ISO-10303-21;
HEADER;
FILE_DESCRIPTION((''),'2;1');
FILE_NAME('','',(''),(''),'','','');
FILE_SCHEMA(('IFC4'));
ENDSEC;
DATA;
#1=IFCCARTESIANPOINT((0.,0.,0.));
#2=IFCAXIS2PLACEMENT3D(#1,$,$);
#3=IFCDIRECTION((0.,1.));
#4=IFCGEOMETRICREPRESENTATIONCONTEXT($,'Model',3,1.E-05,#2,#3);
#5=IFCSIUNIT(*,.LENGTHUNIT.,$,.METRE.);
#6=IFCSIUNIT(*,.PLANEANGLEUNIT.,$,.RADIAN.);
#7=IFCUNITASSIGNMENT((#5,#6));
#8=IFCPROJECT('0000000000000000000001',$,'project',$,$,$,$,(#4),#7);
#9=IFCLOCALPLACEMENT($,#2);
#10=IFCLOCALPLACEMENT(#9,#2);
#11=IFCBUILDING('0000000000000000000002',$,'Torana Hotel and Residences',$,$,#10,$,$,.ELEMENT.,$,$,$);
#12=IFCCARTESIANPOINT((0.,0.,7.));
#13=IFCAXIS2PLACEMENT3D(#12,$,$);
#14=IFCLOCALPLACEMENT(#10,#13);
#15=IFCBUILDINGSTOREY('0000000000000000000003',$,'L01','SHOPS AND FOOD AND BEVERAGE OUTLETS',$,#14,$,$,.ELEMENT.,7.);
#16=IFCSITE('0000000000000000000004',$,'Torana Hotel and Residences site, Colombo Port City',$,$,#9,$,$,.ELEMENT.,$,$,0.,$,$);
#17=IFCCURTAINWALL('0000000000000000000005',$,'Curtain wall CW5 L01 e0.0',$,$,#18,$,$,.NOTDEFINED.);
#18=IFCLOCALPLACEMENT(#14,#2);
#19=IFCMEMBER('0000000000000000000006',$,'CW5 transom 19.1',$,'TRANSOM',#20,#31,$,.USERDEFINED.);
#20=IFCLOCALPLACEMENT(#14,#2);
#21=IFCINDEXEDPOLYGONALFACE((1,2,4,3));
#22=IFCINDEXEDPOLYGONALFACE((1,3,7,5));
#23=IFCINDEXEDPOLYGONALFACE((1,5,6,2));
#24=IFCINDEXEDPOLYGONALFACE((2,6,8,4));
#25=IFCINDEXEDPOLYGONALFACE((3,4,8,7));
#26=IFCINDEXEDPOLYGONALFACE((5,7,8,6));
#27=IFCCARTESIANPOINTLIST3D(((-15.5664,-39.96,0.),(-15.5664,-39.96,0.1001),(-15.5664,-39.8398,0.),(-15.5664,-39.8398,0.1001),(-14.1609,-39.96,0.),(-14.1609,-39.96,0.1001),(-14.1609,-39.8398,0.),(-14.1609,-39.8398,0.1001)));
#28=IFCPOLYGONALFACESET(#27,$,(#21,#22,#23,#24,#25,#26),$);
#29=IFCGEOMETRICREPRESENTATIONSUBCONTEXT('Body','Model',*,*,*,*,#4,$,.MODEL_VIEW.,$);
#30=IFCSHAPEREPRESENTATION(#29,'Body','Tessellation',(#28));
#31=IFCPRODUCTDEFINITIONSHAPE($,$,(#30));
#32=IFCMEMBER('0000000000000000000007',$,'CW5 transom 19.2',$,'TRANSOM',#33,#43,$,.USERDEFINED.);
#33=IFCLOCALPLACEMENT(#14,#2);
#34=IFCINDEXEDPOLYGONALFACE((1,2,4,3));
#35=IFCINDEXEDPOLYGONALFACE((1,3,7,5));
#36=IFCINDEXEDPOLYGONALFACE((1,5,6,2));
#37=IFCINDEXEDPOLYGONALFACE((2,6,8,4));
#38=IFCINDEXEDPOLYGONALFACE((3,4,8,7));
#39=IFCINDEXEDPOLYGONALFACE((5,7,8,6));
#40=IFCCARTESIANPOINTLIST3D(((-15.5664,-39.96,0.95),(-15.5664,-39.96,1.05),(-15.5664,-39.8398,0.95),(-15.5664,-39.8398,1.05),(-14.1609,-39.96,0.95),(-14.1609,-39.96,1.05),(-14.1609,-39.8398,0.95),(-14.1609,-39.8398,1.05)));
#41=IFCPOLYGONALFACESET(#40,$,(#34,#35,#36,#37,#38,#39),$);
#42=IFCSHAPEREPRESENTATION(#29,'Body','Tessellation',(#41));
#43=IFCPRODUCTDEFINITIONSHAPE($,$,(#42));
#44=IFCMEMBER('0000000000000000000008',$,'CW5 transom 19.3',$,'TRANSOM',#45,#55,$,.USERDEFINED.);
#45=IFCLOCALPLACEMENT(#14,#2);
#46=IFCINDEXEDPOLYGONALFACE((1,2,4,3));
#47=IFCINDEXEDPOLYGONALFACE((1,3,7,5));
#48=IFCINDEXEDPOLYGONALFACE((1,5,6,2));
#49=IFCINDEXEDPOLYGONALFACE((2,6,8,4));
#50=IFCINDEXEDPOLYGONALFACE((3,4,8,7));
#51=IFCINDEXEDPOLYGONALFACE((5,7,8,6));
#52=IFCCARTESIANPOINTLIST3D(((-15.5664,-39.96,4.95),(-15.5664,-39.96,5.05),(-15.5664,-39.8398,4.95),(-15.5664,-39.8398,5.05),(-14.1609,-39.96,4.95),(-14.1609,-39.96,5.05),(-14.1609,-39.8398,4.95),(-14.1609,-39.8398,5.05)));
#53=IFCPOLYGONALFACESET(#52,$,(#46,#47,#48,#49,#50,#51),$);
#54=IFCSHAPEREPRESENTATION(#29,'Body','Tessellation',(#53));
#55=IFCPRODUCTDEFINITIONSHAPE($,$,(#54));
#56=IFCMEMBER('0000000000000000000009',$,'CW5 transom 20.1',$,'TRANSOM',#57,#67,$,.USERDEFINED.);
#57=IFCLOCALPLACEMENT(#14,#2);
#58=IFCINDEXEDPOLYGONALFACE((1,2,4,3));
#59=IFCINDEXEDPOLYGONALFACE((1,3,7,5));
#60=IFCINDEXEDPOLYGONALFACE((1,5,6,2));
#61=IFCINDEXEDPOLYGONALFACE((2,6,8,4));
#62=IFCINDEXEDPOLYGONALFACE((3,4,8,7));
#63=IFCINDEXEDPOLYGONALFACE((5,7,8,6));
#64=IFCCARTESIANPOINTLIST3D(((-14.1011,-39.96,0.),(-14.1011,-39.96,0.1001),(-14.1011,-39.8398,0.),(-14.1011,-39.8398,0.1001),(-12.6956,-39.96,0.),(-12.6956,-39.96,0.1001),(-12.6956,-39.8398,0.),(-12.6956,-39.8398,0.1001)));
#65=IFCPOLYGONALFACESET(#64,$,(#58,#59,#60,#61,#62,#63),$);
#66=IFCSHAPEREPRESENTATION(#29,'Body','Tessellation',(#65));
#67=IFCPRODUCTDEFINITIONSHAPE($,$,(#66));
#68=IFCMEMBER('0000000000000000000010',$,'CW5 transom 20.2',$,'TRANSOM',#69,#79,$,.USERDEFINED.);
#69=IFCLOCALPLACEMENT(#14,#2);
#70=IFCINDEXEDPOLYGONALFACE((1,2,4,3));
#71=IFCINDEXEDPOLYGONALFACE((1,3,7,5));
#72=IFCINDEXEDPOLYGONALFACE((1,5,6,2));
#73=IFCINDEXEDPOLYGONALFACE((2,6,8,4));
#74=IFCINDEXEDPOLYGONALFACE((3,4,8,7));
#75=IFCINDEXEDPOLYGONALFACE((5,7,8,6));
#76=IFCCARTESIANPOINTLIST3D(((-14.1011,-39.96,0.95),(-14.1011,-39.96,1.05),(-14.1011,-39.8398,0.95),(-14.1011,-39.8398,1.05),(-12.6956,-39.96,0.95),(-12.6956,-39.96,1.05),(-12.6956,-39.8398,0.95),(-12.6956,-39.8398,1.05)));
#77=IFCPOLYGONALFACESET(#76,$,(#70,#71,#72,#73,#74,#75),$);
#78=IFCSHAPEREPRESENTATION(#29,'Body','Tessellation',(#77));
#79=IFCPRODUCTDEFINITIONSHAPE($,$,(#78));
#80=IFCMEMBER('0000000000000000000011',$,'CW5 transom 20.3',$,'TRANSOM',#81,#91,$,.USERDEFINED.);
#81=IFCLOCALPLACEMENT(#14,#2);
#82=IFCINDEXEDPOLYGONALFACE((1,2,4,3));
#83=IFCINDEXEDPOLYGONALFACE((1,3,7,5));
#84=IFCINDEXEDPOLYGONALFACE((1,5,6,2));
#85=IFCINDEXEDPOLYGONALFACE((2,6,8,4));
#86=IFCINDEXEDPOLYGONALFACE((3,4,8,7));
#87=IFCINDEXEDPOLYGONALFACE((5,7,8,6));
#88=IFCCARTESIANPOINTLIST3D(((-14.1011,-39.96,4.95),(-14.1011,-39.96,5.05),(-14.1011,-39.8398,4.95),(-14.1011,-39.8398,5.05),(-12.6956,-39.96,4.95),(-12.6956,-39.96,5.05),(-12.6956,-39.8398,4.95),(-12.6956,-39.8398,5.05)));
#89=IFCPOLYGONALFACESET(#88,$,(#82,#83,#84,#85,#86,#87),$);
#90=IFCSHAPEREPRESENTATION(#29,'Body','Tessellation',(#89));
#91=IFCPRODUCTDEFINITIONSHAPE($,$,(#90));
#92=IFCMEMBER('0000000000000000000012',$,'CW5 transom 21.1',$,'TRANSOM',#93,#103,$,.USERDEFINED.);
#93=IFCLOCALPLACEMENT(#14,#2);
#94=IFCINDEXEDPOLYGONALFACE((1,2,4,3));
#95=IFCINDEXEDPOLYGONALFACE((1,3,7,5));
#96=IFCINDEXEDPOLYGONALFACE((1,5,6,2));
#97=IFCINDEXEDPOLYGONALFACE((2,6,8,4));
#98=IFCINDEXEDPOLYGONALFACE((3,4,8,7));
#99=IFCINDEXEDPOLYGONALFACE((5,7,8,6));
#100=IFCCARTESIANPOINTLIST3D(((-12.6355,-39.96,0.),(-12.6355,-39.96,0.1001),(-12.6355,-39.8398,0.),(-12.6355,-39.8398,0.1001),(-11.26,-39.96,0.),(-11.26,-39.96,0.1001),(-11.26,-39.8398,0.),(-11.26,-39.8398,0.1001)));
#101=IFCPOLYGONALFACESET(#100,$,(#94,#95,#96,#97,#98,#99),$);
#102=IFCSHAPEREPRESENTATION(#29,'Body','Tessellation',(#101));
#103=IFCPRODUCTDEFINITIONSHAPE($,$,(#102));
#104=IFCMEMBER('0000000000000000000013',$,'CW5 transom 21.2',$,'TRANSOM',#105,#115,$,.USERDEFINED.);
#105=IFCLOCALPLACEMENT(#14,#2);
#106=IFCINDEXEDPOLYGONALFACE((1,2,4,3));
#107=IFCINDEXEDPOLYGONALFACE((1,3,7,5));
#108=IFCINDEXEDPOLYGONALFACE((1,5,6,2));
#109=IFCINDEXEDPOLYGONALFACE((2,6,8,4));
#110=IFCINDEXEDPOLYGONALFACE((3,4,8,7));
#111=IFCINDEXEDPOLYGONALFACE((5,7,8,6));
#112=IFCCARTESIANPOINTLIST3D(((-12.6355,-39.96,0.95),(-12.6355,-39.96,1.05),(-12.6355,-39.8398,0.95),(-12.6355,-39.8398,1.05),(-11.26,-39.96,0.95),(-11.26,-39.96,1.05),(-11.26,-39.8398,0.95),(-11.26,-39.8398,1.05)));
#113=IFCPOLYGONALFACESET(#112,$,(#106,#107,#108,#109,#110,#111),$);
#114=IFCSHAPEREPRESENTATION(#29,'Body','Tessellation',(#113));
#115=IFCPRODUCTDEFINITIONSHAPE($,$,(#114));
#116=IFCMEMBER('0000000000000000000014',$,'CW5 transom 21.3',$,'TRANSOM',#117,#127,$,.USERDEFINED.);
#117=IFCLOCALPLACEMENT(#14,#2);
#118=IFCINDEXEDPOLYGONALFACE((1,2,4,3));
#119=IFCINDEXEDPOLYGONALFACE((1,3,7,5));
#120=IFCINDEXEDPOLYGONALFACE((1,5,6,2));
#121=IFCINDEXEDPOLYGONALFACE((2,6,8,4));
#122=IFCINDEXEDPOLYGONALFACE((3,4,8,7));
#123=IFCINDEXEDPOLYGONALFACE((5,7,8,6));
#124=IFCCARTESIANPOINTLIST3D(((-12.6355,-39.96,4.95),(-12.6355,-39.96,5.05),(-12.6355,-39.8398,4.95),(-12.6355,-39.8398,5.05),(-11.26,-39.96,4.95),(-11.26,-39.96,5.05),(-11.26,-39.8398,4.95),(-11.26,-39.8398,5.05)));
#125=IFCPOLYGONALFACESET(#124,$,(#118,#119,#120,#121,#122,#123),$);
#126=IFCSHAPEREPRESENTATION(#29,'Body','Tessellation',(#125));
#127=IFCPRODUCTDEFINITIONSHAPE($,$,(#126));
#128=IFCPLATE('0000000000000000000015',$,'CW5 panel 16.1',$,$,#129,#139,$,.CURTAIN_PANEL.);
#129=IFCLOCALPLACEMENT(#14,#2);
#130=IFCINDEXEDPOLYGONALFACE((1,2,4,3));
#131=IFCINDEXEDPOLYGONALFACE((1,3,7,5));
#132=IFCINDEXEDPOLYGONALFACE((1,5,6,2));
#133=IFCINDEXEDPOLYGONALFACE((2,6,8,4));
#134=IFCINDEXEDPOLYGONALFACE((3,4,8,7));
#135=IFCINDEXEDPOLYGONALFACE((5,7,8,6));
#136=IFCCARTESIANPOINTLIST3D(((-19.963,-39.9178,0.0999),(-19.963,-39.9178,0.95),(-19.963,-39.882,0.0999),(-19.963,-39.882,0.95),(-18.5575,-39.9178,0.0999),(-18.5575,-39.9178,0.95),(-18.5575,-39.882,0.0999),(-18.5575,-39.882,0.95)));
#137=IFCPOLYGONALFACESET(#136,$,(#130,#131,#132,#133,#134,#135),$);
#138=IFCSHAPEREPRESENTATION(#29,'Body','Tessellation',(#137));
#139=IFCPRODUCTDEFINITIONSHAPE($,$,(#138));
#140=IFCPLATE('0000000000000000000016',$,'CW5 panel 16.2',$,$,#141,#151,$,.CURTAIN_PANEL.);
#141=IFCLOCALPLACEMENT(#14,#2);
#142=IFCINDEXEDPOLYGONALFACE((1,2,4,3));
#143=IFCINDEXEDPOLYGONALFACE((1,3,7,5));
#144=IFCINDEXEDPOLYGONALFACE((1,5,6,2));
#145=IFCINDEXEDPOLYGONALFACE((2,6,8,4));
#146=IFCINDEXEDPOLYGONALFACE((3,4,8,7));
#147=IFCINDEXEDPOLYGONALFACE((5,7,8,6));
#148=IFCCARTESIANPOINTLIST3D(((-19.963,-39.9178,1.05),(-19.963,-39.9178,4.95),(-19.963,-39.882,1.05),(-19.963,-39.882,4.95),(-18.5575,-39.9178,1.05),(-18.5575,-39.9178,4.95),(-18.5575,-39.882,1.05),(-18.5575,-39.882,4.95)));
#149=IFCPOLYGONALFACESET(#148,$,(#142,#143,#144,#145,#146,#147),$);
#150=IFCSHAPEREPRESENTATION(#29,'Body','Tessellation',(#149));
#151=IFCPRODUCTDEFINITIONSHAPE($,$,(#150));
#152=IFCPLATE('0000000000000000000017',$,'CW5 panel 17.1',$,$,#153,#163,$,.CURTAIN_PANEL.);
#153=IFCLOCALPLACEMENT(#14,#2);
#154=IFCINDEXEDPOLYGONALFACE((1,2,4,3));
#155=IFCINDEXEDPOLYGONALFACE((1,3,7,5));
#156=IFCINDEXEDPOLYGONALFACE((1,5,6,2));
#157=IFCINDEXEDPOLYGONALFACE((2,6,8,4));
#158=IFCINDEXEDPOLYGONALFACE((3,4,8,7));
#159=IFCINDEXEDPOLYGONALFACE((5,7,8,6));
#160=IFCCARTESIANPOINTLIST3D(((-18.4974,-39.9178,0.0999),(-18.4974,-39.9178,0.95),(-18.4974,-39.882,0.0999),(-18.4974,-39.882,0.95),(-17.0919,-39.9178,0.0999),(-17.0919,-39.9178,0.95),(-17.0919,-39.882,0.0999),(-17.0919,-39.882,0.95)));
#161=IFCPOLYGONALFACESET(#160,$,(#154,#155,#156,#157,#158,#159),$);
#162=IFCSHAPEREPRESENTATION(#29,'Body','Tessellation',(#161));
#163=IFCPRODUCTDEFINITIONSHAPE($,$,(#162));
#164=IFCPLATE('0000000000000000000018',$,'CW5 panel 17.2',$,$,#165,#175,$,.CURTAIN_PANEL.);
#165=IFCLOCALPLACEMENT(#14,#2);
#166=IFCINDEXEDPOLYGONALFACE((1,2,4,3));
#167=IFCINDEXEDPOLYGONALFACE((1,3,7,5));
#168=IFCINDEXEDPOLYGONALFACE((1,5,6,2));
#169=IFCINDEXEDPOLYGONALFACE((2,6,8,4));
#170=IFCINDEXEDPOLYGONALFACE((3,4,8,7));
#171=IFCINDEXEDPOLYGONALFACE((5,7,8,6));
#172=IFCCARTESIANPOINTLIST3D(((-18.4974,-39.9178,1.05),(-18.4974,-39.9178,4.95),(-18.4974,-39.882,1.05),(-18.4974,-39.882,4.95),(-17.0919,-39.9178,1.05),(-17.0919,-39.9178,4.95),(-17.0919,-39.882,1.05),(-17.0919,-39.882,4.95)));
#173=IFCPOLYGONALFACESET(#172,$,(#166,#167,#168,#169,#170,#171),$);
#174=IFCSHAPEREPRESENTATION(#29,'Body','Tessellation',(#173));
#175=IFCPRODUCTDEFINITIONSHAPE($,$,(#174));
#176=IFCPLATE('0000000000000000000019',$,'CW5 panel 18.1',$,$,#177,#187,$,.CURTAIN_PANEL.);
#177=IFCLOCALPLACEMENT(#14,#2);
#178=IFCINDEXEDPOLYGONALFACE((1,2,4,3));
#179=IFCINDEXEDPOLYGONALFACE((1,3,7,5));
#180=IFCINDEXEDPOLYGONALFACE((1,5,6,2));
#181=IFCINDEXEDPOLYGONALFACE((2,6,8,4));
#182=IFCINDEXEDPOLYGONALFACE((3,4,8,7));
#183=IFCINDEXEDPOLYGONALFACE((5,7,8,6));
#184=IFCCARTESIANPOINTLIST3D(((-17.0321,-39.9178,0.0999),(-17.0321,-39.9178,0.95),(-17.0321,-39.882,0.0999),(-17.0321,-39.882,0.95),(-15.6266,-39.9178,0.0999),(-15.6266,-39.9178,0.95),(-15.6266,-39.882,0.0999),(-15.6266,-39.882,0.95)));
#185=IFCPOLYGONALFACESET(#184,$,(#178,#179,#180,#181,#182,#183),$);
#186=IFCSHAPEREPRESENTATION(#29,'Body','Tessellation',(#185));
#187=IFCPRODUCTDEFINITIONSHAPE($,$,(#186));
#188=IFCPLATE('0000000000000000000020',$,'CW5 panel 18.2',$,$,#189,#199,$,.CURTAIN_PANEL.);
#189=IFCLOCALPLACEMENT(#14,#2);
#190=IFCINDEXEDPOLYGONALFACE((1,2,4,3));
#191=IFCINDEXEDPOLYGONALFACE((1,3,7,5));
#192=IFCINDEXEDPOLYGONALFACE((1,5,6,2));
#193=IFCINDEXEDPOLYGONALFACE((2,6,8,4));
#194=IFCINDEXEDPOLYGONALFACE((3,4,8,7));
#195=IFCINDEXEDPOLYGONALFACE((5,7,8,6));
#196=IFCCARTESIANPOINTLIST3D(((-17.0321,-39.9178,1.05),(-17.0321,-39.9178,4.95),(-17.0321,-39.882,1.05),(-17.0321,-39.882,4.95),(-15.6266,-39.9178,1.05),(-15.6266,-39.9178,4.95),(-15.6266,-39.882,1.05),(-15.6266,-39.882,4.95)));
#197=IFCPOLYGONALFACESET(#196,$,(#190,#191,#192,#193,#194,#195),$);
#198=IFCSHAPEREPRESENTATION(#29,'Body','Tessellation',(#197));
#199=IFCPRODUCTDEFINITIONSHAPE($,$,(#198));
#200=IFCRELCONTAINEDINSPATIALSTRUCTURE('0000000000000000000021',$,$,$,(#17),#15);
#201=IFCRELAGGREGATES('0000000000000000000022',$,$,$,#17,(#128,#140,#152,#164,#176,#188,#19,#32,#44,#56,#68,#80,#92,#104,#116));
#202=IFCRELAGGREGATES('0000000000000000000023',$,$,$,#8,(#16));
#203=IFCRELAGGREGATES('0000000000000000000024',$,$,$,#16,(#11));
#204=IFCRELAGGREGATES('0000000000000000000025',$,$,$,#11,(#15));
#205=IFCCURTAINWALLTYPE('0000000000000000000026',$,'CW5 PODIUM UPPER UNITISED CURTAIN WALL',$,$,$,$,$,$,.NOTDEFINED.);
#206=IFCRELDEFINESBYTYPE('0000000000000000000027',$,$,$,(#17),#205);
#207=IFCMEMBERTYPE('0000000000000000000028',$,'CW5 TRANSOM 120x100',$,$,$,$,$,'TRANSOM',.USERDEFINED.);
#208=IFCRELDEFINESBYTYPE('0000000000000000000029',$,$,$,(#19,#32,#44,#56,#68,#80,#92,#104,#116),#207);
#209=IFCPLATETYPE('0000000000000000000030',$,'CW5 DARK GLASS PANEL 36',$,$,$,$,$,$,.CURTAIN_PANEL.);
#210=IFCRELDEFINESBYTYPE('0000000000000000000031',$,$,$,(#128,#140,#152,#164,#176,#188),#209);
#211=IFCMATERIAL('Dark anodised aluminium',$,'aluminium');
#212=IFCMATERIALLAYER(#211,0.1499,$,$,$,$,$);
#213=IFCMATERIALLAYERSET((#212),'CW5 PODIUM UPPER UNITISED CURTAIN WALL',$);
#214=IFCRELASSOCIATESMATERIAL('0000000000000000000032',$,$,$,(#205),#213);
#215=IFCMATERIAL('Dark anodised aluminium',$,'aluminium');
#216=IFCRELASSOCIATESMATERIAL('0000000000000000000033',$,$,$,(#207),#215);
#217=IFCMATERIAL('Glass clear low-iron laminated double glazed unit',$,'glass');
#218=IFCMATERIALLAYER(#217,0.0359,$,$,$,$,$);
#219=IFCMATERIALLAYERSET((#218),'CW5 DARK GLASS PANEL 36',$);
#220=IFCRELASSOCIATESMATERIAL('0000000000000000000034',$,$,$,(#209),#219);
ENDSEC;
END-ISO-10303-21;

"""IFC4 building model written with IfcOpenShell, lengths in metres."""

from ifc_helpers import new_model, si_unit, direction, frame, origin, origin_2d, place, context, subcontext, project, spatial, rectangle, extrude, material, layer, layer_set, material_profile, profile_set, type_object, element, aggregate, save


model = new_model("IFC4")

# Units and contexts
model_context = context("Model", 3, precision=1e-05, world=origin(), true_north=direction((0.0, 1.0)))
body_context = subcontext(model_context, "Body", "Model", "MODEL_VIEW")
ifc_project = project(units=[si_unit("LENGTHUNIT", "METRE"), si_unit("PLANEANGLEUNIT", "RADIAN")], contexts=[model_context])

# Site, building, storey
site_placement = place(None, origin())
site = spatial("IfcSite", under=ifc_project, at=site_placement, Name="Torana Hotel and Residences site, Colombo Port City", CompositionType="ELEMENT", RefElevation=0.0)
building_placement = place(site_placement, origin())
building = spatial("IfcBuilding", under=site, at=building_placement, Name="Torana Hotel and Residences", CompositionType="ELEMENT")
storey_placement = place(building_placement, frame((0.0, 0.0, 7.0)))
storey = spatial("IfcBuildingStorey", under=building, at=storey_placement, Name="L01", Description="SHOPS AND FOOD AND BEVERAGE OUTLETS", CompositionType="ELEMENT", Elevation=7.0)

# Curtain wall, members, plates
ifc_material_1 = material(Name="Dark anodised aluminium", Category="aluminium")
ifc_layer_1 = layer(ifc_material_1, 0.1499)
ifc_layer_set_1 = layer_set([ifc_layer_1], Name="CW5 PODIUM UPPER UNITISED CURTAIN WALL")
curtain_wall_type = type_object("IfcCurtainWallType", Name="CW5 PODIUM UPPER UNITISED CURTAIN WALL", PredefinedType="NOTDEFINED", material=ifc_layer_set_1)
curtain_wall_placement = place(storey_placement, origin())
curtain_wall = element("IfcCurtainWall", 1, at=curtain_wall_placement, inside=storey, type_object=curtain_wall_type, Name="Curtain wall CW5 L01 e0.0", PredefinedType="NOTDEFINED")
ifc_material_2 = material(Name="Dark anodised aluminium", Category="aluminium")
ifc_material_profile_1 = material_profile(ifc_material_2, rectangle(XDim=0.1201, YDim=0.1001, at=origin_2d()), Name="CW5 TRANSOM 120x100")
ifc_profile_set_1 = profile_set([ifc_material_profile_1], Name="Dark anodised aluminium")
member_type_1 = type_object("IfcMemberType", Name="CW5 TRANSOM 120x100", ElementType="TRANSOM", PredefinedType="USERDEFINED", material=ifc_profile_set_1)
member_1_placement = place(storey_placement, frame((-15.5664, -39.8999, 0.05), z_axis=(1.0, 0.0, 0.0), x_axis=(0.0, 1.0, 0.0)))
member_1 = element("IfcMember", 2, at=member_1_placement, type_object=member_type_1, Name="CW5 transom 19.1", ObjectType="TRANSOM", PredefinedType="USERDEFINED", context=body_context, shape_type="SweptSolid", body=[
    extrude(rectangle(XDim=0.1201, YDim=0.1001, at=origin_2d()), origin(), (0.0, 0.0, 1.0), 1.4055),
])
member_2_placement = place(storey_placement, frame((-15.5664, -39.8999, 1.0), z_axis=(1.0, 0.0, 0.0), x_axis=(0.0, 1.0, 0.0)))
member_2 = element("IfcMember", 3, at=member_2_placement, type_object=member_type_1, Name="CW5 transom 19.2", ObjectType="TRANSOM", PredefinedType="USERDEFINED", context=body_context, shape_type="SweptSolid", body=[
    extrude(rectangle(XDim=0.1201, YDim=0.1001, at=origin_2d()), origin(), (0.0, 0.0, 1.0), 1.4055),
])
member_3_placement = place(storey_placement, frame((-15.5664, -39.8999, 5.0), z_axis=(1.0, 0.0, 0.0), x_axis=(0.0, 1.0, 0.0)))
member_3 = element("IfcMember", 4, at=member_3_placement, type_object=member_type_1, Name="CW5 transom 19.3", ObjectType="TRANSOM", PredefinedType="USERDEFINED", context=body_context, shape_type="SweptSolid", body=[
    extrude(rectangle(XDim=0.1201, YDim=0.1001, at=origin_2d()), origin(), (0.0, 0.0, 1.0), 1.4055),
])
member_4_placement = place(storey_placement, frame((-14.1011, -39.8999, 0.05), z_axis=(1.0, 0.0, 0.0), x_axis=(0.0, 1.0, 0.0)))
member_4 = element("IfcMember", 5, at=member_4_placement, type_object=member_type_1, Name="CW5 transom 20.1", ObjectType="TRANSOM", PredefinedType="USERDEFINED", context=body_context, shape_type="SweptSolid", body=[
    extrude(rectangle(XDim=0.1201, YDim=0.1001, at=origin_2d()), origin(), (0.0, 0.0, 1.0), 1.4055),
])
member_5_placement = place(storey_placement, frame((-14.1011, -39.8999, 1.0), z_axis=(1.0, 0.0, 0.0), x_axis=(0.0, 1.0, 0.0)))
member_5 = element("IfcMember", 6, at=member_5_placement, type_object=member_type_1, Name="CW5 transom 20.2", ObjectType="TRANSOM", PredefinedType="USERDEFINED", context=body_context, shape_type="SweptSolid", body=[
    extrude(rectangle(XDim=0.1201, YDim=0.1001, at=origin_2d()), origin(), (0.0, 0.0, 1.0), 1.4055),
])
member_6_placement = place(storey_placement, frame((-14.1011, -39.8999, 5.0), z_axis=(1.0, 0.0, 0.0), x_axis=(0.0, 1.0, 0.0)))
member_6 = element("IfcMember", 7, at=member_6_placement, type_object=member_type_1, Name="CW5 transom 20.3", ObjectType="TRANSOM", PredefinedType="USERDEFINED", context=body_context, shape_type="SweptSolid", body=[
    extrude(rectangle(XDim=0.1201, YDim=0.1001, at=origin_2d()), origin(), (0.0, 0.0, 1.0), 1.4055),
])
member_7_placement = place(storey_placement, frame((-12.6355, -39.8999, 0.05), z_axis=(1.0, 0.0, 0.0), x_axis=(0.0, 1.0, 0.0)))
member_7 = element("IfcMember", 8, at=member_7_placement, type_object=member_type_1, Name="CW5 transom 21.1", ObjectType="TRANSOM", PredefinedType="USERDEFINED", context=body_context, shape_type="SweptSolid", body=[
    extrude(rectangle(XDim=0.1201, YDim=0.1001, at=origin_2d()), origin(), (0.0, 0.0, 1.0), 1.3755),
])
member_8_placement = place(storey_placement, frame((-12.6355, -39.8999, 1.0), z_axis=(1.0, 0.0, 0.0), x_axis=(0.0, 1.0, 0.0)))
member_8 = element("IfcMember", 9, at=member_8_placement, type_object=member_type_1, Name="CW5 transom 21.2", ObjectType="TRANSOM", PredefinedType="USERDEFINED", context=body_context, shape_type="SweptSolid", body=[
    extrude(rectangle(XDim=0.1201, YDim=0.1001, at=origin_2d()), origin(), (0.0, 0.0, 1.0), 1.3755),
])
member_9_placement = place(storey_placement, frame((-12.6355, -39.8999, 5.0), z_axis=(1.0, 0.0, 0.0), x_axis=(0.0, 1.0, 0.0)))
member_9 = element("IfcMember", 10, at=member_9_placement, type_object=member_type_1, Name="CW5 transom 21.3", ObjectType="TRANSOM", PredefinedType="USERDEFINED", context=body_context, shape_type="SweptSolid", body=[
    extrude(rectangle(XDim=0.1201, YDim=0.1001, at=origin_2d()), origin(), (0.0, 0.0, 1.0), 1.3755),
])
ifc_material_3 = material(Name="Glass clear low-iron laminated double glazed unit", Category="glass")
ifc_layer_2 = layer(ifc_material_3, 0.0359)
ifc_layer_set_2 = layer_set([ifc_layer_2], Name="CW5 DARK GLASS PANEL 36")
plate_type = type_object("IfcPlateType", Name="CW5 DARK GLASS PANEL 36", PredefinedType="CURTAIN_PANEL", material=ifc_layer_set_2)
plate_1_placement = place(storey_placement, frame((-19.2603, -39.8999, 0.0999), z_axis=(0.0, 0.0, 1.0), x_axis=(1.0, 0.0, 0.0)))
plate_1 = element("IfcPlate", 11, at=plate_1_placement, type_object=plate_type, Name="CW5 panel 16.1", PredefinedType="CURTAIN_PANEL", context=body_context, shape_type="SweptSolid", body=[
    extrude(rectangle(XDim=1.4055, YDim=0.0359, at=origin_2d()), origin(), (0.0, 0.0, 1.0), 0.8501),
])
plate_2_placement = place(storey_placement, frame((-19.2603, -39.8999, 1.05), z_axis=(0.0, 0.0, 1.0), x_axis=(1.0, 0.0, 0.0)))
plate_2 = element("IfcPlate", 12, at=plate_2_placement, type_object=plate_type, Name="CW5 panel 16.2", PredefinedType="CURTAIN_PANEL", context=body_context, shape_type="SweptSolid", body=[
    extrude(rectangle(XDim=1.4055, YDim=0.0359, at=origin_2d()), origin(), (0.0, 0.0, 1.0), 3.8999),
])
plate_3_placement = place(storey_placement, frame((-17.7947, -39.8999, 0.0999), z_axis=(0.0, 0.0, 1.0), x_axis=(1.0, 0.0, 0.0)))
plate_3 = element("IfcPlate", 13, at=plate_3_placement, type_object=plate_type, Name="CW5 panel 17.1", PredefinedType="CURTAIN_PANEL", context=body_context, shape_type="SweptSolid", body=[
    extrude(rectangle(XDim=1.4055, YDim=0.0359, at=origin_2d()), origin(), (0.0, 0.0, 1.0), 0.8501),
])
plate_4_placement = place(storey_placement, frame((-17.7947, -39.8999, 1.05), z_axis=(0.0, 0.0, 1.0), x_axis=(1.0, 0.0, 0.0)))
plate_4 = element("IfcPlate", 14, at=plate_4_placement, type_object=plate_type, Name="CW5 panel 17.2", PredefinedType="CURTAIN_PANEL", context=body_context, shape_type="SweptSolid", body=[
    extrude(rectangle(XDim=1.4055, YDim=0.0359, at=origin_2d()), origin(), (0.0, 0.0, 1.0), 3.8999),
])
plate_5_placement = place(storey_placement, frame((-16.3293, -39.8999, 0.0999), z_axis=(0.0, 0.0, 1.0), x_axis=(1.0, 0.0, 0.0)))
plate_5 = element("IfcPlate", 15, at=plate_5_placement, type_object=plate_type, Name="CW5 panel 18.1", PredefinedType="CURTAIN_PANEL", context=body_context, shape_type="SweptSolid", body=[
    extrude(rectangle(XDim=1.4055, YDim=0.0359, at=origin_2d()), origin(), (0.0, 0.0, 1.0), 0.8501),
])
plate_6_placement = place(storey_placement, frame((-16.3293, -39.8999, 1.05), z_axis=(0.0, 0.0, 1.0), x_axis=(1.0, 0.0, 0.0)))
plate_6 = element("IfcPlate", 16, at=plate_6_placement, type_object=plate_type, Name="CW5 panel 18.2", PredefinedType="CURTAIN_PANEL", context=body_context, shape_type="SweptSolid", body=[
    extrude(rectangle(XDim=1.4055, YDim=0.0359, at=origin_2d()), origin(), (0.0, 0.0, 1.0), 3.8999),
])
aggregate(curtain_wall, [plate_1, plate_2, plate_3, plate_4, plate_5, plate_6, member_1, member_2, member_3, member_4, member_5, member_6, member_7, member_8, member_9])

save(model, "model.ifc")
